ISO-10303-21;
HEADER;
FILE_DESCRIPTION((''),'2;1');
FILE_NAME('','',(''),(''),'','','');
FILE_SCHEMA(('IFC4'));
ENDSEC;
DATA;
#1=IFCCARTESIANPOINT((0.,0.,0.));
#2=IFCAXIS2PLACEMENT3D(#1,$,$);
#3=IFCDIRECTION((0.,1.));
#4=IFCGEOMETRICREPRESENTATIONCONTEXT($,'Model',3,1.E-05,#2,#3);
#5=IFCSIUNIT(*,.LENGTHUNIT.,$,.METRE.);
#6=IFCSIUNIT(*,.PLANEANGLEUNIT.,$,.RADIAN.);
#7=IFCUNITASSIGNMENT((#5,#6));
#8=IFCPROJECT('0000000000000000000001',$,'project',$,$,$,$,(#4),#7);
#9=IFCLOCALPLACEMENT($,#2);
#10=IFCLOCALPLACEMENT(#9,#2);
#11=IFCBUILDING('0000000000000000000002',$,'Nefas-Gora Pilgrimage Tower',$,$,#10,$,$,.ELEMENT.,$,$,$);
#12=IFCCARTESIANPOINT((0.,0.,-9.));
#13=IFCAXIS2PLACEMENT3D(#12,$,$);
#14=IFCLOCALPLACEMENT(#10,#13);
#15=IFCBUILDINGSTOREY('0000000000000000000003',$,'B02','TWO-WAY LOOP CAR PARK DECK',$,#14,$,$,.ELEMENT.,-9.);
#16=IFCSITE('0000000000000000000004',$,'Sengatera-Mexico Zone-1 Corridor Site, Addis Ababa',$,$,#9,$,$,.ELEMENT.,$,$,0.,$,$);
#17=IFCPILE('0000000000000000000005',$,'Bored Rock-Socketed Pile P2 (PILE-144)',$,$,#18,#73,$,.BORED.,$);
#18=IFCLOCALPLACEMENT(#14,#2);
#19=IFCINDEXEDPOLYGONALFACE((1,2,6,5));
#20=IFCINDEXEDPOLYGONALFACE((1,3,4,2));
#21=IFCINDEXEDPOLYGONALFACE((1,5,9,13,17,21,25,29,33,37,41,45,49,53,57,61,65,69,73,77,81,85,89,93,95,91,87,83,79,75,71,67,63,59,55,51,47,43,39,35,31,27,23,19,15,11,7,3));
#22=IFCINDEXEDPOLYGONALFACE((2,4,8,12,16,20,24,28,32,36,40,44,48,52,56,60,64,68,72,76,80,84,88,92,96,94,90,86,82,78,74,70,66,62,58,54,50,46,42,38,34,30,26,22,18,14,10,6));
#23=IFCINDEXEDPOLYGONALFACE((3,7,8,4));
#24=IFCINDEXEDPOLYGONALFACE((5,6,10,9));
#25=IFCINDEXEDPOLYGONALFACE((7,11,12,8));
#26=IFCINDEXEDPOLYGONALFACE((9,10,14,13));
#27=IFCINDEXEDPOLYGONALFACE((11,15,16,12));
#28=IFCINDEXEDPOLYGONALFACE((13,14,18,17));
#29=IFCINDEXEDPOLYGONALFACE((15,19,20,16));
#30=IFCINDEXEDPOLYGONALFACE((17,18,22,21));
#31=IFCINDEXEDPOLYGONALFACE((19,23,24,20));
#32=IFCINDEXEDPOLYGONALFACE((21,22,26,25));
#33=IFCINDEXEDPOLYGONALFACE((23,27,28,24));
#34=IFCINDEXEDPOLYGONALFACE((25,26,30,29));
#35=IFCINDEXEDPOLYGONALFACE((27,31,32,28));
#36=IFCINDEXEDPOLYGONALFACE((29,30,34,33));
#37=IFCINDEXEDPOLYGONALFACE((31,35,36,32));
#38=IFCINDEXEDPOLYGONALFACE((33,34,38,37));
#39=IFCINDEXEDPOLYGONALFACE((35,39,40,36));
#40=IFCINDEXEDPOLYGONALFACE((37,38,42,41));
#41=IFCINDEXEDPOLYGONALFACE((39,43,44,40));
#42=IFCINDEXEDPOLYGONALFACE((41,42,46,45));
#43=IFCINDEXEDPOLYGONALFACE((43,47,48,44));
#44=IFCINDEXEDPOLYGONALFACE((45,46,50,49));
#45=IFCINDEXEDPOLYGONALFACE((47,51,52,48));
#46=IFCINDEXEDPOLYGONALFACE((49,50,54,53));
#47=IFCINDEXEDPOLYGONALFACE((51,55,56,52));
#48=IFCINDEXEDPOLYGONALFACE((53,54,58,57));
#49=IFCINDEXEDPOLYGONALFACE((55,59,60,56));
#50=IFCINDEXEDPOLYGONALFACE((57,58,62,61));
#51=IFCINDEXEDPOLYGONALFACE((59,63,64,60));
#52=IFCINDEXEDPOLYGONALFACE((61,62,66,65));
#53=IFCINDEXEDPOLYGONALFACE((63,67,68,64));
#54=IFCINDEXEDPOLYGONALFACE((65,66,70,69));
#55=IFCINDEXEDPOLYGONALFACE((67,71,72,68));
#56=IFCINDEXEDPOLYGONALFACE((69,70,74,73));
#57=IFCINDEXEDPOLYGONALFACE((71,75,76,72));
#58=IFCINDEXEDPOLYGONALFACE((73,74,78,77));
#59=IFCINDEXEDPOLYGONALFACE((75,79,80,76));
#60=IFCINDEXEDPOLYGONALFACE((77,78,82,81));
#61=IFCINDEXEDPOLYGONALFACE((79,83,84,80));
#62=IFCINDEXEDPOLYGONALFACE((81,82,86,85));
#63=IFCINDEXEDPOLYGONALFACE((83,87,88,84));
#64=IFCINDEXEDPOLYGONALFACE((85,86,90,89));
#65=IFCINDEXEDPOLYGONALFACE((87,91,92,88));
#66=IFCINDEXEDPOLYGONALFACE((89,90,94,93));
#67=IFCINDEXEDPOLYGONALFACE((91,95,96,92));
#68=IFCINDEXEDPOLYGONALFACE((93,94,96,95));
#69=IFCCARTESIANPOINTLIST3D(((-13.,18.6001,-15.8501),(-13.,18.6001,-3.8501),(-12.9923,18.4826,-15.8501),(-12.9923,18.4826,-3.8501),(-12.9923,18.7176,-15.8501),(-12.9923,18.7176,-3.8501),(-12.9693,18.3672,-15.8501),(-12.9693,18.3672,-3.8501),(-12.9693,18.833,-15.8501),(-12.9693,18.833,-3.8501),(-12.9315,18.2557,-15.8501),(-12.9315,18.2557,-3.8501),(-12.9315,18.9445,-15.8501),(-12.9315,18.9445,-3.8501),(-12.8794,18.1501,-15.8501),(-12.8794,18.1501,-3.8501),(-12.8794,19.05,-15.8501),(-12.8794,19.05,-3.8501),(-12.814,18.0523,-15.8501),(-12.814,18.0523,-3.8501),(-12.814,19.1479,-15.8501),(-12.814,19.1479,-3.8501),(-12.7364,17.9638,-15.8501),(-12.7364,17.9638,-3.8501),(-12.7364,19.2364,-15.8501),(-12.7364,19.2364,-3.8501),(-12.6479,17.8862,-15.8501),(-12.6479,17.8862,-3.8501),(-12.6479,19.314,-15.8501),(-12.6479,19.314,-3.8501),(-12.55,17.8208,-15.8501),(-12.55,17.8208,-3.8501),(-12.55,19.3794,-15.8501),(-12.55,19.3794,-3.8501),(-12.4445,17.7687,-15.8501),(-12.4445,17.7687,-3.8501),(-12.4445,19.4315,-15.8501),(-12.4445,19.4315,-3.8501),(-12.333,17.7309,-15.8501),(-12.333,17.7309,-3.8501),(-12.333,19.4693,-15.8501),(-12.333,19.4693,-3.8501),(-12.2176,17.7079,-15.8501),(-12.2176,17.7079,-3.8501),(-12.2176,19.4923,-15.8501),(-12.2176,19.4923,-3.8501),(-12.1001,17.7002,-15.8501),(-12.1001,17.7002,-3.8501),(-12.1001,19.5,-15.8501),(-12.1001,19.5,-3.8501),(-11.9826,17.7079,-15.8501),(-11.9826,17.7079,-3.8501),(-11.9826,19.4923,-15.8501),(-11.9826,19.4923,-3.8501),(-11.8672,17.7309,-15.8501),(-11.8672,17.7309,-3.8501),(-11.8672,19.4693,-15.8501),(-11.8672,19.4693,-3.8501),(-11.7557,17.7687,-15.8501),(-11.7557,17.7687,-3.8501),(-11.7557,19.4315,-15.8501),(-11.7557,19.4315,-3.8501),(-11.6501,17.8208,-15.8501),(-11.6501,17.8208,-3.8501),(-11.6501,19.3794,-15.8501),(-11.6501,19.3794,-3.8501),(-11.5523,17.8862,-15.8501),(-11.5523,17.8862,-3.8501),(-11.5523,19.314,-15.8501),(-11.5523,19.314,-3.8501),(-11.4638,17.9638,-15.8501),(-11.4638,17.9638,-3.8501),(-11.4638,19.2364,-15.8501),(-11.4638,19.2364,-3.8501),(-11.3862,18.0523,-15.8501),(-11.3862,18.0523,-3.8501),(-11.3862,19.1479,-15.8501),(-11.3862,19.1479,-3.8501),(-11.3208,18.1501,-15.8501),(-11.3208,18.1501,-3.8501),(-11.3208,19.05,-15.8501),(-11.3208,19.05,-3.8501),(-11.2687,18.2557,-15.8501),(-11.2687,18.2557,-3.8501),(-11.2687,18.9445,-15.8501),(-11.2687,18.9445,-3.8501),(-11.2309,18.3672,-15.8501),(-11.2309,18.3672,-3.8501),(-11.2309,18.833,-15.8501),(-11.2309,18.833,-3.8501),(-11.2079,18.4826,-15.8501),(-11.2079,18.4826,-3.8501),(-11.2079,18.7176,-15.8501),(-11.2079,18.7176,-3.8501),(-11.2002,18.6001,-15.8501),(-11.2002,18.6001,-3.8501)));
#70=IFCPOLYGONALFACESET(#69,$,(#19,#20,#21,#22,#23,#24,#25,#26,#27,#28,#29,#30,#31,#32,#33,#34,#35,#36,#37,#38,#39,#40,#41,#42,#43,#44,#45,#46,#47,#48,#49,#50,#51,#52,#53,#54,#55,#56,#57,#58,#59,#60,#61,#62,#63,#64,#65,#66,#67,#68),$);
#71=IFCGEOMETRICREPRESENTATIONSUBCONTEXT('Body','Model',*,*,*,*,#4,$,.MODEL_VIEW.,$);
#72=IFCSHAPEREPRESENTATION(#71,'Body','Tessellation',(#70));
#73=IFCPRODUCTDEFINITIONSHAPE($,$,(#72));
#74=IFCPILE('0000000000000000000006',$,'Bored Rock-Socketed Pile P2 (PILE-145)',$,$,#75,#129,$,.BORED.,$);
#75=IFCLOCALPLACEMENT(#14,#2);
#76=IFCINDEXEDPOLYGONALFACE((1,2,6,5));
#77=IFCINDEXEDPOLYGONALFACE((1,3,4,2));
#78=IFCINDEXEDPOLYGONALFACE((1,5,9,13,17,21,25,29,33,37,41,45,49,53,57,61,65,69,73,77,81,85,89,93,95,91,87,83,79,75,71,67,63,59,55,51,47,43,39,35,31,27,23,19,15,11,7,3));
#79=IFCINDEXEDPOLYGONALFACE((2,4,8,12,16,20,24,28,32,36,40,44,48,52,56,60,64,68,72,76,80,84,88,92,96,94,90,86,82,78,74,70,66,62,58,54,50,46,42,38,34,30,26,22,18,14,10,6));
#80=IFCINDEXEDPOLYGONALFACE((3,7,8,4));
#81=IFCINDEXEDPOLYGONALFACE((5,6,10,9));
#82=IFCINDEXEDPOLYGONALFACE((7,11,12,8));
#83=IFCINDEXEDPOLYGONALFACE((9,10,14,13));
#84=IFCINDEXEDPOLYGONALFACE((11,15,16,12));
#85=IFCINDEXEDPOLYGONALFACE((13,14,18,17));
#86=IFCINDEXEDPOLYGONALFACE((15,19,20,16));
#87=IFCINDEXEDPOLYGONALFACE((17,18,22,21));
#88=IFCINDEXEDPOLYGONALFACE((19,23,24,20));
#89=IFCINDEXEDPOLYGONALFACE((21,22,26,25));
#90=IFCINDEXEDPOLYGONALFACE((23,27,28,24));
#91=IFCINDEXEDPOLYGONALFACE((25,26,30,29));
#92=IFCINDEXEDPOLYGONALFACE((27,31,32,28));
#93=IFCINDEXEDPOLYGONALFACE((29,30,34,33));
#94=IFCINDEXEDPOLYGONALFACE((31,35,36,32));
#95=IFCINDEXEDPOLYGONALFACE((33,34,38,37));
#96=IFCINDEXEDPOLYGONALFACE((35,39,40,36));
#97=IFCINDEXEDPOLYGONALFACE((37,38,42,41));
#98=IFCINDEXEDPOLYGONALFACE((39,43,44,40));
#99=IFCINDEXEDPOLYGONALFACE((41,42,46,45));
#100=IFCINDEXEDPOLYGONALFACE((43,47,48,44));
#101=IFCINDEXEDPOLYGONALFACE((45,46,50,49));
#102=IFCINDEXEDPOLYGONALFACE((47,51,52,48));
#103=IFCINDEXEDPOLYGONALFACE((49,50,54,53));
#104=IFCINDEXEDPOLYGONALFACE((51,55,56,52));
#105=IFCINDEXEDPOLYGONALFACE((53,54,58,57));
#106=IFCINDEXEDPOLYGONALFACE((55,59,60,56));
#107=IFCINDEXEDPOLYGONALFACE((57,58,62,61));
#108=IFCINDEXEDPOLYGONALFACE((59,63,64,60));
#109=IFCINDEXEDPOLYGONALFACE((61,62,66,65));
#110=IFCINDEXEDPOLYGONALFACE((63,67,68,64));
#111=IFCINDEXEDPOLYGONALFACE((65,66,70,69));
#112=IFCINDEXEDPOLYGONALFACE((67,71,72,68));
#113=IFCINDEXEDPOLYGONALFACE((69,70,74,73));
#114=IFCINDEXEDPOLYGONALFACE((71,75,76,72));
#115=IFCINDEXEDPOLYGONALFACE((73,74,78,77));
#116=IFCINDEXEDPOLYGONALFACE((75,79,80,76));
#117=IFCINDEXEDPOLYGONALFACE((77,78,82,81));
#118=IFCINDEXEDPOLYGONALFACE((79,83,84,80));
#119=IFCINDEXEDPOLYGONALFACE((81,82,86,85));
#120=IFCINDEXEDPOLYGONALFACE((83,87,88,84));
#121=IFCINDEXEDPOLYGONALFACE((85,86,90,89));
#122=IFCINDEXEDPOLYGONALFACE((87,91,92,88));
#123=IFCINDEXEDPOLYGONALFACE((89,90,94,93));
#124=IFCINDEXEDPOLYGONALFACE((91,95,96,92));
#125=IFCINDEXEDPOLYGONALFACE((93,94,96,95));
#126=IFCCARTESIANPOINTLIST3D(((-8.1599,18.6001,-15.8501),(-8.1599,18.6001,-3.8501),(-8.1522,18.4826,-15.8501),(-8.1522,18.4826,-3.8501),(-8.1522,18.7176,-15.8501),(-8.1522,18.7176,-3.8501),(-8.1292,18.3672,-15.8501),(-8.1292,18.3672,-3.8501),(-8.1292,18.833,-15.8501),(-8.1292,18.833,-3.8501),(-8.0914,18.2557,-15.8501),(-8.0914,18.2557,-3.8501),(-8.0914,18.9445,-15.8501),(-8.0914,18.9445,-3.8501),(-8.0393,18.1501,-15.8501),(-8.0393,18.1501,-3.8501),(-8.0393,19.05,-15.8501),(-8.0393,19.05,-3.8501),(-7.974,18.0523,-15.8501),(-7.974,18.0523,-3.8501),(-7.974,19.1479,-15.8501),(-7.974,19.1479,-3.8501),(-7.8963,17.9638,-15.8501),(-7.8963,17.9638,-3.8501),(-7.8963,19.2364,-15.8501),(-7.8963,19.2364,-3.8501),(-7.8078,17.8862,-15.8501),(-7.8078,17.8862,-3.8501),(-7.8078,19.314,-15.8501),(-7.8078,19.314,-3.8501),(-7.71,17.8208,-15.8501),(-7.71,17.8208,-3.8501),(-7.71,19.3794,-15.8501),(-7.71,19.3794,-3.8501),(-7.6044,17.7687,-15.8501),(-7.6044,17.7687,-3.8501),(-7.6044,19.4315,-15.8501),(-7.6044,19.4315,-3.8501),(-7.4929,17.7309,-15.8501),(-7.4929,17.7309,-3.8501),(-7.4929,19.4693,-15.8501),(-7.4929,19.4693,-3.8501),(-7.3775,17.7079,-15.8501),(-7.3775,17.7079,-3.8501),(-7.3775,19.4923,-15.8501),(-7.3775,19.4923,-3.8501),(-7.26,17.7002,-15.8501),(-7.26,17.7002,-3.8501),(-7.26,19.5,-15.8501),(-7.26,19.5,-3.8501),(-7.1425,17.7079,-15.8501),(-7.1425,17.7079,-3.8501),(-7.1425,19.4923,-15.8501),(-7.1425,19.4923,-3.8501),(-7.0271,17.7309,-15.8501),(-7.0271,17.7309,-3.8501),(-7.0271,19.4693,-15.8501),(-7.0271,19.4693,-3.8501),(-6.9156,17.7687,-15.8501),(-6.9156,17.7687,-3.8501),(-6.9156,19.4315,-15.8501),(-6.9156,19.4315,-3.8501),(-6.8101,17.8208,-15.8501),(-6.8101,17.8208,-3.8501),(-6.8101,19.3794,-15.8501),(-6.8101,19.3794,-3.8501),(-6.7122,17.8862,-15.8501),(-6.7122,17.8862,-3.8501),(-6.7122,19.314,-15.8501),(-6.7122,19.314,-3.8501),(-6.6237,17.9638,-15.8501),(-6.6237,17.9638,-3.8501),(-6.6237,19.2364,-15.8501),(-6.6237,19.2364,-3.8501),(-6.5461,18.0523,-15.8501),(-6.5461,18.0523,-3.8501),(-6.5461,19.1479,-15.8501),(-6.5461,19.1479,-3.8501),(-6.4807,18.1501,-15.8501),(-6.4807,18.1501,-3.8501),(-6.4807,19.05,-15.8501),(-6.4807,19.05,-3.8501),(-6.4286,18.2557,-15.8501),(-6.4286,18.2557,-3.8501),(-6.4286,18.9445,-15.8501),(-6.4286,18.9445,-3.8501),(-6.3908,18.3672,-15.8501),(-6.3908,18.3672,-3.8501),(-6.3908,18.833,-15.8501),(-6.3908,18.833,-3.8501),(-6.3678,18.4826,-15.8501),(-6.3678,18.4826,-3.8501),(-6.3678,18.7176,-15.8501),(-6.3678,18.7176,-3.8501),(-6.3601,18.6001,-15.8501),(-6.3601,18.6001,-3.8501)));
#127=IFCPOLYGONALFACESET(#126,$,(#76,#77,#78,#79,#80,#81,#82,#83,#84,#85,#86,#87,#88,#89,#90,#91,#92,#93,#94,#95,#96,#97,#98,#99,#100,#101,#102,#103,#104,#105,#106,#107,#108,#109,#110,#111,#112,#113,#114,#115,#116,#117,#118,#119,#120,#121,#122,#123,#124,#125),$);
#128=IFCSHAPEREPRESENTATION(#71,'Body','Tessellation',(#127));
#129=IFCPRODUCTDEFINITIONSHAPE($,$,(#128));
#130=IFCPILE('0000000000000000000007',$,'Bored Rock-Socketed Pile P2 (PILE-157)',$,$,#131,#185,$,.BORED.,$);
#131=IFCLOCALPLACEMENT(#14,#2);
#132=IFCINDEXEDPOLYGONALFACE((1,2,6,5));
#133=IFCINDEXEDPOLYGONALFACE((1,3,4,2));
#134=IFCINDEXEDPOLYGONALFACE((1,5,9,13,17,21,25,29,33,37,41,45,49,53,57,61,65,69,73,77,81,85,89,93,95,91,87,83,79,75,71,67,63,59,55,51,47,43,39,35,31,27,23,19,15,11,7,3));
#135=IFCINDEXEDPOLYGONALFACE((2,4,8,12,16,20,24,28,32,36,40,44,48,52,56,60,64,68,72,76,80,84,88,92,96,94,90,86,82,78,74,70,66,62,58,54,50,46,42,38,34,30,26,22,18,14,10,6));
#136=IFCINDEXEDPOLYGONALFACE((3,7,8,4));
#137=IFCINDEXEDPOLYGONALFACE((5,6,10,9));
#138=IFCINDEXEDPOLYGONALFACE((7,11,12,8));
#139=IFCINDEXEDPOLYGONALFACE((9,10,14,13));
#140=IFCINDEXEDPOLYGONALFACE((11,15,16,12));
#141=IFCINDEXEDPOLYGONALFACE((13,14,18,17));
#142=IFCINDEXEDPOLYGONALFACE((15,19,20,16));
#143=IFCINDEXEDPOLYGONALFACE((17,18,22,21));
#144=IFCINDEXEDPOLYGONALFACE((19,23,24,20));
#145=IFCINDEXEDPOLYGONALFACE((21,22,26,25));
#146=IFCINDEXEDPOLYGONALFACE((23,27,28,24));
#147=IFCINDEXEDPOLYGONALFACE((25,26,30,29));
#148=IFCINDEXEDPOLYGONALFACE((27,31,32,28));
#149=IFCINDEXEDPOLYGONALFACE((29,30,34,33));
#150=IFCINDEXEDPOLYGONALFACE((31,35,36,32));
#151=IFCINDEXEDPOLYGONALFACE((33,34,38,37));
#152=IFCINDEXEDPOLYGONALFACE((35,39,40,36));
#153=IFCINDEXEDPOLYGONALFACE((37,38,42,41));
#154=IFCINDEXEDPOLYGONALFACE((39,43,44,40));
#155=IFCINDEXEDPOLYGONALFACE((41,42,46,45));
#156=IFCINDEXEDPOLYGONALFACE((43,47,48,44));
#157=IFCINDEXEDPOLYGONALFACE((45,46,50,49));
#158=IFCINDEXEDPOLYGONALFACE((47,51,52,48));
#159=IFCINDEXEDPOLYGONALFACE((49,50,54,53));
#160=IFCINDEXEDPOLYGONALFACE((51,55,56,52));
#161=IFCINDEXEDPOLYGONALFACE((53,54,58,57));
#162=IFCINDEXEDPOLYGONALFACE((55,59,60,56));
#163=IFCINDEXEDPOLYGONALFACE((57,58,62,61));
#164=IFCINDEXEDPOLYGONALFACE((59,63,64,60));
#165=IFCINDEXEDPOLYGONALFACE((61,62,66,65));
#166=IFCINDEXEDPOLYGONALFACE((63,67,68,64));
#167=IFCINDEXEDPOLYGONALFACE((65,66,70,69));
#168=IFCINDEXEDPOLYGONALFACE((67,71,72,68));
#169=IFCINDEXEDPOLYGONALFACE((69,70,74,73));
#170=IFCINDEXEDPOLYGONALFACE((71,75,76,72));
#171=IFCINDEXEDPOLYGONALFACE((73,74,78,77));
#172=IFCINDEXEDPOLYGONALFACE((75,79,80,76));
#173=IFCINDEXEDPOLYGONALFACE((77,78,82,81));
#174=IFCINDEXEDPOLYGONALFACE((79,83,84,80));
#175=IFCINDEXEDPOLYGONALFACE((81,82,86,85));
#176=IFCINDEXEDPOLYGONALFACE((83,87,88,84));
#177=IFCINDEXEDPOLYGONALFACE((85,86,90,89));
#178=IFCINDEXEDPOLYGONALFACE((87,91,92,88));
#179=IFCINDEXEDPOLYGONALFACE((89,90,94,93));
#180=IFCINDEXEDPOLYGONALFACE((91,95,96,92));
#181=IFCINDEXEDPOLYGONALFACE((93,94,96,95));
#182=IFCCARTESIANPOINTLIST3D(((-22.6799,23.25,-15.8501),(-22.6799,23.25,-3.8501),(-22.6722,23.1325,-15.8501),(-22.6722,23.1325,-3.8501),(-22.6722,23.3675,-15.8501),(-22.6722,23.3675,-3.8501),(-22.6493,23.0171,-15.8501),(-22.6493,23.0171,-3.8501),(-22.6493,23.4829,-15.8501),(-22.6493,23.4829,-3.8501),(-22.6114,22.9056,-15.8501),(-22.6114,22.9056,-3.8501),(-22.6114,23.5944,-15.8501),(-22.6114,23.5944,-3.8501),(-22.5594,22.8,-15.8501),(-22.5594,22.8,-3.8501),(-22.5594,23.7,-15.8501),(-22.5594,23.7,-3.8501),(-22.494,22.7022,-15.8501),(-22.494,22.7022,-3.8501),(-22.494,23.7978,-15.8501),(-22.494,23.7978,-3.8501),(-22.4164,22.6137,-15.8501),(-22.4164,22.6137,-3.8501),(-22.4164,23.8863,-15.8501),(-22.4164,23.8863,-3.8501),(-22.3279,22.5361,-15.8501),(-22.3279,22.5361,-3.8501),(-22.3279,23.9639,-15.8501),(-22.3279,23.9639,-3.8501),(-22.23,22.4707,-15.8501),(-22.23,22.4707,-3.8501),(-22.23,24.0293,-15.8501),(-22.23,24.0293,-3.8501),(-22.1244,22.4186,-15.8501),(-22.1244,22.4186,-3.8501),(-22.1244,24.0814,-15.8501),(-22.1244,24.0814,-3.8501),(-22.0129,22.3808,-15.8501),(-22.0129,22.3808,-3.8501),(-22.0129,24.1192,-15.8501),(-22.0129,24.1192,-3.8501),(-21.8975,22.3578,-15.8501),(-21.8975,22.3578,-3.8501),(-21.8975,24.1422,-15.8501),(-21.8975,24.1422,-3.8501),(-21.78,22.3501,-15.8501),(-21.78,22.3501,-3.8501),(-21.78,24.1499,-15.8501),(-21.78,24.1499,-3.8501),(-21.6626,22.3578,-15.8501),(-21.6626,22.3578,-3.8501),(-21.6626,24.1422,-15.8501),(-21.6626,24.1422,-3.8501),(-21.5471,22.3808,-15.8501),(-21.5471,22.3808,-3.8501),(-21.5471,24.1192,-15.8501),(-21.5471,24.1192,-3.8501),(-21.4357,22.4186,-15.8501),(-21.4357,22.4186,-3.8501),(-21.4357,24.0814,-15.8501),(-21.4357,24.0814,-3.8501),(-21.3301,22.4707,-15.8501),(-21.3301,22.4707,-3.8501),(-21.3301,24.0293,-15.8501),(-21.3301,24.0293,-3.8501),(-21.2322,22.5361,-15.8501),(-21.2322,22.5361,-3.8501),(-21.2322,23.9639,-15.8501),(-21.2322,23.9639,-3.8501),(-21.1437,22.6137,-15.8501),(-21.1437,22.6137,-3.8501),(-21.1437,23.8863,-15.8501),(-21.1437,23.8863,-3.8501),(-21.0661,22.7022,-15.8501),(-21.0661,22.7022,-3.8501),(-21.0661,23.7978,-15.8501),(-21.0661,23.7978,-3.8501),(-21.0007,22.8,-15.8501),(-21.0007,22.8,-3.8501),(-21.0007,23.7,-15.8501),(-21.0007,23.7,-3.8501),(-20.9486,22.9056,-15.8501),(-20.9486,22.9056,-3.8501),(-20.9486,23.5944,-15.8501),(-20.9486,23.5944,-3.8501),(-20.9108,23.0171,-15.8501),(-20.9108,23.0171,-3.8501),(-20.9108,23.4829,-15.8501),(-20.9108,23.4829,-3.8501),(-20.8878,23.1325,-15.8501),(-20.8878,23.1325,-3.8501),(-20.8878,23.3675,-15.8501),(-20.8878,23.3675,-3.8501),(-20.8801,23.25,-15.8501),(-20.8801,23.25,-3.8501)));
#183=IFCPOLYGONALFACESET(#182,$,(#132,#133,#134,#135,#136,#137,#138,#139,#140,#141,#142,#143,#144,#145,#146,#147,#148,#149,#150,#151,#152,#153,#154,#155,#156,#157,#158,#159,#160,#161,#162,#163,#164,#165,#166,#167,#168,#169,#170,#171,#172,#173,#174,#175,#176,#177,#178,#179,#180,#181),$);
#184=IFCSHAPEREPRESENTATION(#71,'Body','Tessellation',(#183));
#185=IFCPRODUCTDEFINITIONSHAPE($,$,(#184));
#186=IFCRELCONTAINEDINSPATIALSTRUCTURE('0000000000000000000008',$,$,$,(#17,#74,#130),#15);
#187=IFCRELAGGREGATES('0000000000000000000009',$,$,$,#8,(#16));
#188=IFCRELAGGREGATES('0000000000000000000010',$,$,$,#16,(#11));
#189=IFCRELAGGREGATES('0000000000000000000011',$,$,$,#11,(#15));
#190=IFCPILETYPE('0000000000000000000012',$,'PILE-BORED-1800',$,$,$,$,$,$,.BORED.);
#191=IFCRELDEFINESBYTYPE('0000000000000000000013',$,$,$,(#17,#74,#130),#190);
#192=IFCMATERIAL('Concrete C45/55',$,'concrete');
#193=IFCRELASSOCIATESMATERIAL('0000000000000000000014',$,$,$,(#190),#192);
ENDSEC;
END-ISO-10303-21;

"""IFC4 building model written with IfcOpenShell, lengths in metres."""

from ifc_helpers import new_model, si_unit, direction, frame, origin, origin_2d, place, context, subcontext, project, spatial, circle, extrude, source, transform, mapped, material, material_profile, profile_set, type_object, element, save


model = new_model("IFC4")

# Units and contexts
model_context = context("Model", 3, precision=1e-05, world=origin(), true_north=direction((0.0, 1.0)))
body_context = subcontext(model_context, "Body", "Model", "MODEL_VIEW")
ifc_project = project(units=[si_unit("LENGTHUNIT", "METRE"), si_unit("PLANEANGLEUNIT", "RADIAN")], contexts=[model_context])

# Site, building, storey
site_placement = place(None, origin())
site = spatial("IfcSite", under=ifc_project, at=site_placement, Name="Sengatera-Mexico Zone-1 Corridor Site, Addis Ababa", CompositionType="ELEMENT", RefElevation=0.0)
building_placement = place(site_placement, origin())
building = spatial("IfcBuilding", under=site, at=building_placement, Name="Nefas-Gora Pilgrimage Tower", CompositionType="ELEMENT")
storey_placement = place(building_placement, frame((0.0, 0.0, -9.0)))
storey = spatial("IfcBuildingStorey", under=building, at=storey_placement, Name="B02", Description="TWO-WAY LOOP CAR PARK DECK", CompositionType="ELEMENT", Elevation=-9.0)

# Piles
ifc_material_1 = material(Name="Concrete C45/55", Category="concrete")
ifc_material_profile_1 = material_profile(ifc_material_1, circle(Radius=0.8999, at=origin_2d()), Name="PILE D1800")
ifc_profile_set_1 = profile_set([ifc_material_profile_1], Name="Concrete C45/55")
pile_type_1 = type_object("IfcPileType", Name="PILE-BORED-1800", PredefinedType="BORED", material=ifc_profile_set_1)
shared_shape_1 = source(origin(), body_context, "Body", "SweptSolid", [
    extrude(circle(Radius=0.8999, at=origin_2d()), origin(), (0.0, 0.0, 1.0), 12.0),
])
for number, where, z_axis, x_axis, name in (
    (1, (-12.1001, 18.6001, -3.8501), (0.0, 0.0, -1.0), (1.0, 0.0, 0.0), "Bored Rock-Socketed Pile P2 (PILE-144)"),
    (2, (-7.26, 18.6001, -3.8501), (0.0, 0.0, -1.0), (1.0, 0.0, 0.0), "Bored Rock-Socketed Pile P2 (PILE-145)"),
    (3, (-21.78, 23.25, -3.8501), (0.0, 0.0, -1.0), (1.0, 0.0, 0.0), "Bored Rock-Socketed Pile P2 (PILE-157)"),
):
    element("IfcPile", number, at=place(storey_placement, frame(where, z_axis=z_axis, x_axis=x_axis)), inside=storey, type_object=pile_type_1, Name=name, PredefinedType="BORED", context=body_context, shape_type="MappedRepresentation", body=[
        mapped(shared_shape_1, transform((0.0, 0.0, 0.0), x_axis=(1.0, 0.0, 0.0), y_axis=(0.0, 1.0, 0.0), z_axis=(0.0, 0.0, 1.0), scale=1.0)),
    ])

save(model, "model.ifc")
